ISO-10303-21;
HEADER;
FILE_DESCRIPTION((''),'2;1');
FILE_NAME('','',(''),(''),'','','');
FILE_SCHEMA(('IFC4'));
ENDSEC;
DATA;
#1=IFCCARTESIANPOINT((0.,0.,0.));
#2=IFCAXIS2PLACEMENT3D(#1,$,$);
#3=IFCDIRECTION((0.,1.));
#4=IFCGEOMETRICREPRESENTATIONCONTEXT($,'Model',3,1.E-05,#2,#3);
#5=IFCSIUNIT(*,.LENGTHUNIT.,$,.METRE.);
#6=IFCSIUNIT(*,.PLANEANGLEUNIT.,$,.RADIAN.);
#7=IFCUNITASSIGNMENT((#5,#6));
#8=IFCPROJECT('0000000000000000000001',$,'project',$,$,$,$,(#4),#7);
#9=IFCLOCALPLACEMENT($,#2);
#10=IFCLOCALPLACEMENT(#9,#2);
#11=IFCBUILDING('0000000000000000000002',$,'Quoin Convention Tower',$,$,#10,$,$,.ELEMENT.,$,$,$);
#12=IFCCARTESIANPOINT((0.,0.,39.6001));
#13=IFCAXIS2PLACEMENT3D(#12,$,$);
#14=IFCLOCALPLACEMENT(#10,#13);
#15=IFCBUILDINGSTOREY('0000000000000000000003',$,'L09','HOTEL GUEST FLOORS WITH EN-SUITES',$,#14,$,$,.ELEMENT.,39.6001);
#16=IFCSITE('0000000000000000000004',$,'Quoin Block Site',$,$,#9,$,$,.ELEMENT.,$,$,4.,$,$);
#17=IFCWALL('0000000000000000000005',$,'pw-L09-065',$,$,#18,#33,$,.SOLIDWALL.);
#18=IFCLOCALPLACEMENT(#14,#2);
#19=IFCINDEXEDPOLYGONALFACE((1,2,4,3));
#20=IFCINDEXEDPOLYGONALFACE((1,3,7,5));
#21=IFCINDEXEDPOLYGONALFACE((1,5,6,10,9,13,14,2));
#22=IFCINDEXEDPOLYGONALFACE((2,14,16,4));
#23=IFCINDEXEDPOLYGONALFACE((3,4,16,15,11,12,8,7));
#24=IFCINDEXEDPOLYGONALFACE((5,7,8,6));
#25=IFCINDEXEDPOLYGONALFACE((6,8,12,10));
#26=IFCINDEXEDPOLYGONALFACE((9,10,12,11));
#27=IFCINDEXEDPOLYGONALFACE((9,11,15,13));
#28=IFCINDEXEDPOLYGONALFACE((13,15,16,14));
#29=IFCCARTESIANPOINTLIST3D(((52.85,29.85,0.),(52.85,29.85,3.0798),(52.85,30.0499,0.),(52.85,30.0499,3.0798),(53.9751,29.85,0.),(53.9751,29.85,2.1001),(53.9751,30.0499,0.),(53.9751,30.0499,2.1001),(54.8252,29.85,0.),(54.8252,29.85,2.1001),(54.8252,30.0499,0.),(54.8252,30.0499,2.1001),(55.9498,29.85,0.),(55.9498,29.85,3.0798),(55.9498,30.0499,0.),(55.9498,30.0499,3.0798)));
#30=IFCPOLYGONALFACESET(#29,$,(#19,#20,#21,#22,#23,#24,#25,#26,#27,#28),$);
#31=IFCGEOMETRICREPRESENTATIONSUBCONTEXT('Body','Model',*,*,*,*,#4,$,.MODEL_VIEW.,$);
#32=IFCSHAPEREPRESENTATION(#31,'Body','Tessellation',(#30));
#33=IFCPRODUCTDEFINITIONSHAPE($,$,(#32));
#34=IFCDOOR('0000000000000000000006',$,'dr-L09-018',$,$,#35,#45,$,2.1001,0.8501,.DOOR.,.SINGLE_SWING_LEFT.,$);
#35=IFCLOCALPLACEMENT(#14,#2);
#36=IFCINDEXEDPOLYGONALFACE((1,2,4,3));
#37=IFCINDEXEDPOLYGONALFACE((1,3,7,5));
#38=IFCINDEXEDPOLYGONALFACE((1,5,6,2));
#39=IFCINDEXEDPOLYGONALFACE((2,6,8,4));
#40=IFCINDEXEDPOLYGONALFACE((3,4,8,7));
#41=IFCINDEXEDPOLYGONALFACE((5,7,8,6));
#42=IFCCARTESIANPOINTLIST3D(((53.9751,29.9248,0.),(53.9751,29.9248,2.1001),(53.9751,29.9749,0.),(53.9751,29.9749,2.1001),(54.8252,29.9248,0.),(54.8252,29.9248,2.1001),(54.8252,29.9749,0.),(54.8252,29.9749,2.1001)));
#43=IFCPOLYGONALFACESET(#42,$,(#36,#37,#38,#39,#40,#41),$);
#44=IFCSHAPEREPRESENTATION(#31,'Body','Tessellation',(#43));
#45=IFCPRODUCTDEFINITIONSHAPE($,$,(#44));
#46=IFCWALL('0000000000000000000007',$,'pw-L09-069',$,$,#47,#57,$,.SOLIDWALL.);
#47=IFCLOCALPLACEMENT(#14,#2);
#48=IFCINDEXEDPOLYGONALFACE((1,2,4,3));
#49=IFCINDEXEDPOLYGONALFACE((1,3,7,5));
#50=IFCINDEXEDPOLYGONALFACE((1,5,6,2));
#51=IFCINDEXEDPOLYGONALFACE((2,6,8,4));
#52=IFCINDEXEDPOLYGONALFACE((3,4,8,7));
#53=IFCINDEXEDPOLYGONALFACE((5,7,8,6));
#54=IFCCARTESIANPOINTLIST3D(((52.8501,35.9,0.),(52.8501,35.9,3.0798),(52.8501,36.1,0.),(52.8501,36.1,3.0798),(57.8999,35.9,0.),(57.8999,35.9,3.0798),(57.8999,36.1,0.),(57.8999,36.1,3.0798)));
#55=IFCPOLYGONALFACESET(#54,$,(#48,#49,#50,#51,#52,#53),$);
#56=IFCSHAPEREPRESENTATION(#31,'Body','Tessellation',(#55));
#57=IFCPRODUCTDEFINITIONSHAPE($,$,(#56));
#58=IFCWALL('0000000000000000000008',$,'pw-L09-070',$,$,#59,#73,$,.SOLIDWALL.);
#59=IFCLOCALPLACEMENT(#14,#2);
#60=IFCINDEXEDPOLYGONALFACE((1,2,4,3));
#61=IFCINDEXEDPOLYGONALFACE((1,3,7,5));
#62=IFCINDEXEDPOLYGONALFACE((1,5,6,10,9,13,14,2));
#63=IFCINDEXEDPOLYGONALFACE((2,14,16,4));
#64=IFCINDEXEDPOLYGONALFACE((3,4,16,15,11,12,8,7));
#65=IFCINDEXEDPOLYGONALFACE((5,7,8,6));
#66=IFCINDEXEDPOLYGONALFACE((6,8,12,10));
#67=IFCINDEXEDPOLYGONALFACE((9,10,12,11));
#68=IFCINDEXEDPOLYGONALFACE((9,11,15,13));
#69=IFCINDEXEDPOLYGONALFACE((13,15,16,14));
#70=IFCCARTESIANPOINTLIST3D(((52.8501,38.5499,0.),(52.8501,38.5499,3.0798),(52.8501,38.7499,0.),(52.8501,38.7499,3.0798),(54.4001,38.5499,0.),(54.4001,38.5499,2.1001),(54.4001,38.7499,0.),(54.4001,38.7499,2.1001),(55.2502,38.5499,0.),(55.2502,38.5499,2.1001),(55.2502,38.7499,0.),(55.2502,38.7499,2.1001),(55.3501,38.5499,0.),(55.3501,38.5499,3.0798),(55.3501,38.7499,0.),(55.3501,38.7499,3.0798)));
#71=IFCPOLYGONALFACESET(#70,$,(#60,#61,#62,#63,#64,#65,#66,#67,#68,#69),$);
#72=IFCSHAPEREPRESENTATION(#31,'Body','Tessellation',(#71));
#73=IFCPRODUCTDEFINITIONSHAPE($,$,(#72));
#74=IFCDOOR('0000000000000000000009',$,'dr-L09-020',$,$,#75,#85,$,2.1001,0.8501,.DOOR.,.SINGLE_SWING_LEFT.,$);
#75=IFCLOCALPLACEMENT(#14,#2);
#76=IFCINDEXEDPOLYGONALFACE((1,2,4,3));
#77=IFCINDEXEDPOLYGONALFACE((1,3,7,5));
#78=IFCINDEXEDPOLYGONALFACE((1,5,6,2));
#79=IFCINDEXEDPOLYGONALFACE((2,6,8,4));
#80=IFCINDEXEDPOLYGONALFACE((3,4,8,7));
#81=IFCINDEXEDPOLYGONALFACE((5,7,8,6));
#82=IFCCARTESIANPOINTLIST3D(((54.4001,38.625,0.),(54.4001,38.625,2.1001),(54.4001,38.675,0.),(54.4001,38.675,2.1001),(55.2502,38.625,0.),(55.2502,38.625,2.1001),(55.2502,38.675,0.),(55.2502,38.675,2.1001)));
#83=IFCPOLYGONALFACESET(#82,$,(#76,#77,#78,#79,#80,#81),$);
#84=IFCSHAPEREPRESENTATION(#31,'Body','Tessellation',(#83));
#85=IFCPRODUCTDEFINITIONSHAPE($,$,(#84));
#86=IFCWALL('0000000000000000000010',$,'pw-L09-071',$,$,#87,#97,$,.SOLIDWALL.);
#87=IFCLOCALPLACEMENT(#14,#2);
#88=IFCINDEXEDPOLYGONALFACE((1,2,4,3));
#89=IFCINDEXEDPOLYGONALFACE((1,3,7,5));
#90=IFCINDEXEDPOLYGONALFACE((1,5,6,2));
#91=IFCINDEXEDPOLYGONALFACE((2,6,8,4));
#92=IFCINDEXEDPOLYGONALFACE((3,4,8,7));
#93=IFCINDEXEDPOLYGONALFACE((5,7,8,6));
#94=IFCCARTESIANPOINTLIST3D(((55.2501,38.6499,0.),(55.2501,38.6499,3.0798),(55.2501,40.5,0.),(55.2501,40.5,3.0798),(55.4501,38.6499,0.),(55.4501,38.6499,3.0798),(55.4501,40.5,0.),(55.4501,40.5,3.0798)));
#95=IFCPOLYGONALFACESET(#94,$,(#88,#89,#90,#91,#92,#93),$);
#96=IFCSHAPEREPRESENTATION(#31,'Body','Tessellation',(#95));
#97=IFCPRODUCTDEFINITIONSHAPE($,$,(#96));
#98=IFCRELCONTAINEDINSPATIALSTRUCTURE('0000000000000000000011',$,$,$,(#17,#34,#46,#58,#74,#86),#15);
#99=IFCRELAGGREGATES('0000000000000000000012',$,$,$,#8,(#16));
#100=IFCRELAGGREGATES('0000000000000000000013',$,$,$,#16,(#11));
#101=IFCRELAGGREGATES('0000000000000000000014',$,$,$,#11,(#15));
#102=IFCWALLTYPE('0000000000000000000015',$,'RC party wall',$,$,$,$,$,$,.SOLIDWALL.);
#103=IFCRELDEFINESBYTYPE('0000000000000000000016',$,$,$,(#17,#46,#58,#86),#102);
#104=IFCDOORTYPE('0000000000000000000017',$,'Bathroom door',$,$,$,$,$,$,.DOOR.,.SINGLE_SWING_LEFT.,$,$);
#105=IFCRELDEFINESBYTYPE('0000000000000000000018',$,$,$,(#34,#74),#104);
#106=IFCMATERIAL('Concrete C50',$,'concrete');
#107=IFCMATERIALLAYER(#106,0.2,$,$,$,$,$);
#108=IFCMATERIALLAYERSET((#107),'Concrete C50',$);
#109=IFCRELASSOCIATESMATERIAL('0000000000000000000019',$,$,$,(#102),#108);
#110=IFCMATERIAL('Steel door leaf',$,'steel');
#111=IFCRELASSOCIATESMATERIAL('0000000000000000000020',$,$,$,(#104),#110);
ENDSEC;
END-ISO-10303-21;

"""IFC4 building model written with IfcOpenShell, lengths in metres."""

from ifc_helpers import new_model, si_unit, direction, frame, frame_2d, origin, place, context, subcontext, project, spatial, rectangle, extrude, material, layer, layer_set, type_object, element, fill, save


model = new_model("IFC4")

# Units and contexts
model_context = context("Model", 3, precision=1e-05, world=origin(), true_north=direction((0.0, 1.0)))
body_context = subcontext(model_context, "Body", "Model", "MODEL_VIEW")
ifc_project = project(units=[si_unit("LENGTHUNIT", "METRE"), si_unit("PLANEANGLEUNIT", "RADIAN")], contexts=[model_context])

# Site, building, storey
site_placement = place(None, origin())
site = spatial("IfcSite", under=ifc_project, at=site_placement, Name="Quoin Block Site", CompositionType="ELEMENT", RefElevation=4.0)
building_placement = place(site_placement, origin())
building = spatial("IfcBuilding", under=site, at=building_placement, Name="Quoin Convention Tower", CompositionType="ELEMENT")
storey_placement = place(building_placement, frame((0.0, 0.0, 39.6001)))
storey = spatial("IfcBuildingStorey", under=building, at=storey_placement, Name="L09", Description="HOTEL GUEST FLOORS WITH EN-SUITES", CompositionType="ELEMENT", Elevation=39.6001)

# Wall, opening, door
ifc_material_1 = material(Name="Concrete C50", Category="concrete")
ifc_layer_1 = layer(ifc_material_1, 0.2)
ifc_layer_set_1 = layer_set([ifc_layer_1], Name="Concrete C50")
wall_type_1 = type_object("IfcWallType", Name="RC party wall", PredefinedType="SOLIDWALL", material=ifc_layer_set_1)
wall_1_placement = place(storey_placement, frame((52.8501, 29.95, 0.0), z_axis=(0.0, 0.0, 1.0), x_axis=(1.0, 0.0, 0.0)))
wall_1 = element("IfcWall", 1, at=wall_1_placement, inside=storey, type_object=wall_type_1, Name="pw-L09-065", PredefinedType="SOLIDWALL", context=body_context, shape_type="SweptSolid", body=[
    extrude(rectangle(XDim=3.0999, YDim=0.2, at=frame_2d((1.5498, 0.0))), origin(), (0.0, 0.0, 1.0), 3.0798),
])
opening_1_placement = place(wall_1_placement, frame((1.125, 0.0, 0.0)))
opening_1 = element("IfcOpeningElement", 2, at=opening_1_placement, cuts=wall_1, PredefinedType="OPENING", context=body_context, shape_type="SweptSolid", body=[
    extrude(rectangle(XDim=0.8501, YDim=2.1001, at=frame_2d((0.425, 1.05))), frame((0.0, 0.1099, 0.0), z_axis=(0.0, -1.0, 0.0), x_axis=(1.0, 0.0, 0.0)), (0.0, 0.0, 1.0), 0.22),
])
ifc_material_2 = material(Name="Steel door leaf", Category="steel")
door_type = type_object("IfcDoorType", Name="Bathroom door", OperationType="SINGLE_SWING_LEFT", PredefinedType="DOOR", material=ifc_material_2)
door_1_placement = place(opening_1_placement, origin())
door_1 = element("IfcDoor", 3, at=door_1_placement, inside=storey, type_object=door_type, Name="dr-L09-018", OperationType="SINGLE_SWING_LEFT", OverallHeight=2.1001, OverallWidth=0.8501, PredefinedType="DOOR", context=body_context, shape_type="SweptSolid", body=[
    extrude(rectangle(XDim=0.8501, YDim=2.1001, at=frame_2d((0.425, 1.05))), frame((0.0, 0.0249, 0.0), z_axis=(0.0, -1.0, 0.0), x_axis=(1.0, 0.0, 0.0)), (0.0, 0.0, 1.0), 0.05),
])
fill(opening_1, door_1)

# Wall
wall_2_placement = place(storey_placement, frame((52.8501, 36.0, 0.0), z_axis=(0.0, 0.0, 1.0), x_axis=(1.0, 0.0, 0.0)))
element("IfcWall", 4, at=wall_2_placement, inside=storey, type_object=wall_type_1, Name="pw-L09-069", PredefinedType="SOLIDWALL", context=body_context, shape_type="SweptSolid", body=[
    extrude(rectangle(XDim=5.0498, YDim=0.2, at=frame_2d((2.5249, 0.0))), origin(), (0.0, 0.0, 1.0), 3.0798),
])

# Wall, opening, door
wall_3_placement = place(storey_placement, frame((52.8501, 38.6499, 0.0), z_axis=(0.0, 0.0, 1.0), x_axis=(1.0, 0.0, 0.0)))
wall_3 = element("IfcWall", 5, at=wall_3_placement, inside=storey, type_object=wall_type_1, Name="pw-L09-070", PredefinedType="SOLIDWALL", context=body_context, shape_type="SweptSolid", body=[
    extrude(rectangle(XDim=2.5, YDim=0.2, at=frame_2d((1.25, 0.0))), origin(), (0.0, 0.0, 1.0), 3.0798),
])
opening_2_placement = place(wall_3_placement, frame((1.55, 0.0, 0.0)))
opening_2 = element("IfcOpeningElement", 6, at=opening_2_placement, cuts=wall_3, PredefinedType="OPENING", context=body_context, shape_type="SweptSolid", body=[
    extrude(rectangle(XDim=0.8501, YDim=2.1001, at=frame_2d((0.425, 1.05))), frame((0.0, 0.1099, 0.0), z_axis=(0.0, -1.0, 0.0), x_axis=(1.0, 0.0, 0.0)), (0.0, 0.0, 1.0), 0.22),
])
door_2_placement = place(opening_2_placement, frame((0.8501, 0.0, 0.0), z_axis=(0.0, 0.0, 1.0), x_axis=(-1.0, 0.0, 0.0)))
door_2 = element("IfcDoor", 7, at=door_2_placement, inside=storey, type_object=door_type, Name="dr-L09-020", OperationType="SINGLE_SWING_LEFT", OverallHeight=2.1001, OverallWidth=0.8501, PredefinedType="DOOR", context=body_context, shape_type="SweptSolid", body=[
    extrude(rectangle(XDim=0.8501, YDim=2.1001, at=frame_2d((0.425, 1.05))), frame((0.0, 0.0249, 0.0), z_axis=(0.0, -1.0, 0.0), x_axis=(1.0, 0.0, 0.0)), (0.0, 0.0, 1.0), 0.05),
])
fill(opening_2, door_2)

# Wall
wall_4_placement = place(storey_placement, frame((55.3501, 38.6499, 0.0), z_axis=(0.0, 0.0, 1.0), x_axis=(0.0, 1.0, 0.0)))
element("IfcWall", 8, at=wall_4_placement, inside=storey, type_object=wall_type_1, Name="pw-L09-071", PredefinedType="SOLIDWALL", context=body_context, shape_type="SweptSolid", body=[
    extrude(rectangle(XDim=1.8501, YDim=0.2, at=frame_2d((0.925, 0.0))), origin(), (0.0, 0.0, 1.0), 3.0798),
])

save(model, "model.ifc")
